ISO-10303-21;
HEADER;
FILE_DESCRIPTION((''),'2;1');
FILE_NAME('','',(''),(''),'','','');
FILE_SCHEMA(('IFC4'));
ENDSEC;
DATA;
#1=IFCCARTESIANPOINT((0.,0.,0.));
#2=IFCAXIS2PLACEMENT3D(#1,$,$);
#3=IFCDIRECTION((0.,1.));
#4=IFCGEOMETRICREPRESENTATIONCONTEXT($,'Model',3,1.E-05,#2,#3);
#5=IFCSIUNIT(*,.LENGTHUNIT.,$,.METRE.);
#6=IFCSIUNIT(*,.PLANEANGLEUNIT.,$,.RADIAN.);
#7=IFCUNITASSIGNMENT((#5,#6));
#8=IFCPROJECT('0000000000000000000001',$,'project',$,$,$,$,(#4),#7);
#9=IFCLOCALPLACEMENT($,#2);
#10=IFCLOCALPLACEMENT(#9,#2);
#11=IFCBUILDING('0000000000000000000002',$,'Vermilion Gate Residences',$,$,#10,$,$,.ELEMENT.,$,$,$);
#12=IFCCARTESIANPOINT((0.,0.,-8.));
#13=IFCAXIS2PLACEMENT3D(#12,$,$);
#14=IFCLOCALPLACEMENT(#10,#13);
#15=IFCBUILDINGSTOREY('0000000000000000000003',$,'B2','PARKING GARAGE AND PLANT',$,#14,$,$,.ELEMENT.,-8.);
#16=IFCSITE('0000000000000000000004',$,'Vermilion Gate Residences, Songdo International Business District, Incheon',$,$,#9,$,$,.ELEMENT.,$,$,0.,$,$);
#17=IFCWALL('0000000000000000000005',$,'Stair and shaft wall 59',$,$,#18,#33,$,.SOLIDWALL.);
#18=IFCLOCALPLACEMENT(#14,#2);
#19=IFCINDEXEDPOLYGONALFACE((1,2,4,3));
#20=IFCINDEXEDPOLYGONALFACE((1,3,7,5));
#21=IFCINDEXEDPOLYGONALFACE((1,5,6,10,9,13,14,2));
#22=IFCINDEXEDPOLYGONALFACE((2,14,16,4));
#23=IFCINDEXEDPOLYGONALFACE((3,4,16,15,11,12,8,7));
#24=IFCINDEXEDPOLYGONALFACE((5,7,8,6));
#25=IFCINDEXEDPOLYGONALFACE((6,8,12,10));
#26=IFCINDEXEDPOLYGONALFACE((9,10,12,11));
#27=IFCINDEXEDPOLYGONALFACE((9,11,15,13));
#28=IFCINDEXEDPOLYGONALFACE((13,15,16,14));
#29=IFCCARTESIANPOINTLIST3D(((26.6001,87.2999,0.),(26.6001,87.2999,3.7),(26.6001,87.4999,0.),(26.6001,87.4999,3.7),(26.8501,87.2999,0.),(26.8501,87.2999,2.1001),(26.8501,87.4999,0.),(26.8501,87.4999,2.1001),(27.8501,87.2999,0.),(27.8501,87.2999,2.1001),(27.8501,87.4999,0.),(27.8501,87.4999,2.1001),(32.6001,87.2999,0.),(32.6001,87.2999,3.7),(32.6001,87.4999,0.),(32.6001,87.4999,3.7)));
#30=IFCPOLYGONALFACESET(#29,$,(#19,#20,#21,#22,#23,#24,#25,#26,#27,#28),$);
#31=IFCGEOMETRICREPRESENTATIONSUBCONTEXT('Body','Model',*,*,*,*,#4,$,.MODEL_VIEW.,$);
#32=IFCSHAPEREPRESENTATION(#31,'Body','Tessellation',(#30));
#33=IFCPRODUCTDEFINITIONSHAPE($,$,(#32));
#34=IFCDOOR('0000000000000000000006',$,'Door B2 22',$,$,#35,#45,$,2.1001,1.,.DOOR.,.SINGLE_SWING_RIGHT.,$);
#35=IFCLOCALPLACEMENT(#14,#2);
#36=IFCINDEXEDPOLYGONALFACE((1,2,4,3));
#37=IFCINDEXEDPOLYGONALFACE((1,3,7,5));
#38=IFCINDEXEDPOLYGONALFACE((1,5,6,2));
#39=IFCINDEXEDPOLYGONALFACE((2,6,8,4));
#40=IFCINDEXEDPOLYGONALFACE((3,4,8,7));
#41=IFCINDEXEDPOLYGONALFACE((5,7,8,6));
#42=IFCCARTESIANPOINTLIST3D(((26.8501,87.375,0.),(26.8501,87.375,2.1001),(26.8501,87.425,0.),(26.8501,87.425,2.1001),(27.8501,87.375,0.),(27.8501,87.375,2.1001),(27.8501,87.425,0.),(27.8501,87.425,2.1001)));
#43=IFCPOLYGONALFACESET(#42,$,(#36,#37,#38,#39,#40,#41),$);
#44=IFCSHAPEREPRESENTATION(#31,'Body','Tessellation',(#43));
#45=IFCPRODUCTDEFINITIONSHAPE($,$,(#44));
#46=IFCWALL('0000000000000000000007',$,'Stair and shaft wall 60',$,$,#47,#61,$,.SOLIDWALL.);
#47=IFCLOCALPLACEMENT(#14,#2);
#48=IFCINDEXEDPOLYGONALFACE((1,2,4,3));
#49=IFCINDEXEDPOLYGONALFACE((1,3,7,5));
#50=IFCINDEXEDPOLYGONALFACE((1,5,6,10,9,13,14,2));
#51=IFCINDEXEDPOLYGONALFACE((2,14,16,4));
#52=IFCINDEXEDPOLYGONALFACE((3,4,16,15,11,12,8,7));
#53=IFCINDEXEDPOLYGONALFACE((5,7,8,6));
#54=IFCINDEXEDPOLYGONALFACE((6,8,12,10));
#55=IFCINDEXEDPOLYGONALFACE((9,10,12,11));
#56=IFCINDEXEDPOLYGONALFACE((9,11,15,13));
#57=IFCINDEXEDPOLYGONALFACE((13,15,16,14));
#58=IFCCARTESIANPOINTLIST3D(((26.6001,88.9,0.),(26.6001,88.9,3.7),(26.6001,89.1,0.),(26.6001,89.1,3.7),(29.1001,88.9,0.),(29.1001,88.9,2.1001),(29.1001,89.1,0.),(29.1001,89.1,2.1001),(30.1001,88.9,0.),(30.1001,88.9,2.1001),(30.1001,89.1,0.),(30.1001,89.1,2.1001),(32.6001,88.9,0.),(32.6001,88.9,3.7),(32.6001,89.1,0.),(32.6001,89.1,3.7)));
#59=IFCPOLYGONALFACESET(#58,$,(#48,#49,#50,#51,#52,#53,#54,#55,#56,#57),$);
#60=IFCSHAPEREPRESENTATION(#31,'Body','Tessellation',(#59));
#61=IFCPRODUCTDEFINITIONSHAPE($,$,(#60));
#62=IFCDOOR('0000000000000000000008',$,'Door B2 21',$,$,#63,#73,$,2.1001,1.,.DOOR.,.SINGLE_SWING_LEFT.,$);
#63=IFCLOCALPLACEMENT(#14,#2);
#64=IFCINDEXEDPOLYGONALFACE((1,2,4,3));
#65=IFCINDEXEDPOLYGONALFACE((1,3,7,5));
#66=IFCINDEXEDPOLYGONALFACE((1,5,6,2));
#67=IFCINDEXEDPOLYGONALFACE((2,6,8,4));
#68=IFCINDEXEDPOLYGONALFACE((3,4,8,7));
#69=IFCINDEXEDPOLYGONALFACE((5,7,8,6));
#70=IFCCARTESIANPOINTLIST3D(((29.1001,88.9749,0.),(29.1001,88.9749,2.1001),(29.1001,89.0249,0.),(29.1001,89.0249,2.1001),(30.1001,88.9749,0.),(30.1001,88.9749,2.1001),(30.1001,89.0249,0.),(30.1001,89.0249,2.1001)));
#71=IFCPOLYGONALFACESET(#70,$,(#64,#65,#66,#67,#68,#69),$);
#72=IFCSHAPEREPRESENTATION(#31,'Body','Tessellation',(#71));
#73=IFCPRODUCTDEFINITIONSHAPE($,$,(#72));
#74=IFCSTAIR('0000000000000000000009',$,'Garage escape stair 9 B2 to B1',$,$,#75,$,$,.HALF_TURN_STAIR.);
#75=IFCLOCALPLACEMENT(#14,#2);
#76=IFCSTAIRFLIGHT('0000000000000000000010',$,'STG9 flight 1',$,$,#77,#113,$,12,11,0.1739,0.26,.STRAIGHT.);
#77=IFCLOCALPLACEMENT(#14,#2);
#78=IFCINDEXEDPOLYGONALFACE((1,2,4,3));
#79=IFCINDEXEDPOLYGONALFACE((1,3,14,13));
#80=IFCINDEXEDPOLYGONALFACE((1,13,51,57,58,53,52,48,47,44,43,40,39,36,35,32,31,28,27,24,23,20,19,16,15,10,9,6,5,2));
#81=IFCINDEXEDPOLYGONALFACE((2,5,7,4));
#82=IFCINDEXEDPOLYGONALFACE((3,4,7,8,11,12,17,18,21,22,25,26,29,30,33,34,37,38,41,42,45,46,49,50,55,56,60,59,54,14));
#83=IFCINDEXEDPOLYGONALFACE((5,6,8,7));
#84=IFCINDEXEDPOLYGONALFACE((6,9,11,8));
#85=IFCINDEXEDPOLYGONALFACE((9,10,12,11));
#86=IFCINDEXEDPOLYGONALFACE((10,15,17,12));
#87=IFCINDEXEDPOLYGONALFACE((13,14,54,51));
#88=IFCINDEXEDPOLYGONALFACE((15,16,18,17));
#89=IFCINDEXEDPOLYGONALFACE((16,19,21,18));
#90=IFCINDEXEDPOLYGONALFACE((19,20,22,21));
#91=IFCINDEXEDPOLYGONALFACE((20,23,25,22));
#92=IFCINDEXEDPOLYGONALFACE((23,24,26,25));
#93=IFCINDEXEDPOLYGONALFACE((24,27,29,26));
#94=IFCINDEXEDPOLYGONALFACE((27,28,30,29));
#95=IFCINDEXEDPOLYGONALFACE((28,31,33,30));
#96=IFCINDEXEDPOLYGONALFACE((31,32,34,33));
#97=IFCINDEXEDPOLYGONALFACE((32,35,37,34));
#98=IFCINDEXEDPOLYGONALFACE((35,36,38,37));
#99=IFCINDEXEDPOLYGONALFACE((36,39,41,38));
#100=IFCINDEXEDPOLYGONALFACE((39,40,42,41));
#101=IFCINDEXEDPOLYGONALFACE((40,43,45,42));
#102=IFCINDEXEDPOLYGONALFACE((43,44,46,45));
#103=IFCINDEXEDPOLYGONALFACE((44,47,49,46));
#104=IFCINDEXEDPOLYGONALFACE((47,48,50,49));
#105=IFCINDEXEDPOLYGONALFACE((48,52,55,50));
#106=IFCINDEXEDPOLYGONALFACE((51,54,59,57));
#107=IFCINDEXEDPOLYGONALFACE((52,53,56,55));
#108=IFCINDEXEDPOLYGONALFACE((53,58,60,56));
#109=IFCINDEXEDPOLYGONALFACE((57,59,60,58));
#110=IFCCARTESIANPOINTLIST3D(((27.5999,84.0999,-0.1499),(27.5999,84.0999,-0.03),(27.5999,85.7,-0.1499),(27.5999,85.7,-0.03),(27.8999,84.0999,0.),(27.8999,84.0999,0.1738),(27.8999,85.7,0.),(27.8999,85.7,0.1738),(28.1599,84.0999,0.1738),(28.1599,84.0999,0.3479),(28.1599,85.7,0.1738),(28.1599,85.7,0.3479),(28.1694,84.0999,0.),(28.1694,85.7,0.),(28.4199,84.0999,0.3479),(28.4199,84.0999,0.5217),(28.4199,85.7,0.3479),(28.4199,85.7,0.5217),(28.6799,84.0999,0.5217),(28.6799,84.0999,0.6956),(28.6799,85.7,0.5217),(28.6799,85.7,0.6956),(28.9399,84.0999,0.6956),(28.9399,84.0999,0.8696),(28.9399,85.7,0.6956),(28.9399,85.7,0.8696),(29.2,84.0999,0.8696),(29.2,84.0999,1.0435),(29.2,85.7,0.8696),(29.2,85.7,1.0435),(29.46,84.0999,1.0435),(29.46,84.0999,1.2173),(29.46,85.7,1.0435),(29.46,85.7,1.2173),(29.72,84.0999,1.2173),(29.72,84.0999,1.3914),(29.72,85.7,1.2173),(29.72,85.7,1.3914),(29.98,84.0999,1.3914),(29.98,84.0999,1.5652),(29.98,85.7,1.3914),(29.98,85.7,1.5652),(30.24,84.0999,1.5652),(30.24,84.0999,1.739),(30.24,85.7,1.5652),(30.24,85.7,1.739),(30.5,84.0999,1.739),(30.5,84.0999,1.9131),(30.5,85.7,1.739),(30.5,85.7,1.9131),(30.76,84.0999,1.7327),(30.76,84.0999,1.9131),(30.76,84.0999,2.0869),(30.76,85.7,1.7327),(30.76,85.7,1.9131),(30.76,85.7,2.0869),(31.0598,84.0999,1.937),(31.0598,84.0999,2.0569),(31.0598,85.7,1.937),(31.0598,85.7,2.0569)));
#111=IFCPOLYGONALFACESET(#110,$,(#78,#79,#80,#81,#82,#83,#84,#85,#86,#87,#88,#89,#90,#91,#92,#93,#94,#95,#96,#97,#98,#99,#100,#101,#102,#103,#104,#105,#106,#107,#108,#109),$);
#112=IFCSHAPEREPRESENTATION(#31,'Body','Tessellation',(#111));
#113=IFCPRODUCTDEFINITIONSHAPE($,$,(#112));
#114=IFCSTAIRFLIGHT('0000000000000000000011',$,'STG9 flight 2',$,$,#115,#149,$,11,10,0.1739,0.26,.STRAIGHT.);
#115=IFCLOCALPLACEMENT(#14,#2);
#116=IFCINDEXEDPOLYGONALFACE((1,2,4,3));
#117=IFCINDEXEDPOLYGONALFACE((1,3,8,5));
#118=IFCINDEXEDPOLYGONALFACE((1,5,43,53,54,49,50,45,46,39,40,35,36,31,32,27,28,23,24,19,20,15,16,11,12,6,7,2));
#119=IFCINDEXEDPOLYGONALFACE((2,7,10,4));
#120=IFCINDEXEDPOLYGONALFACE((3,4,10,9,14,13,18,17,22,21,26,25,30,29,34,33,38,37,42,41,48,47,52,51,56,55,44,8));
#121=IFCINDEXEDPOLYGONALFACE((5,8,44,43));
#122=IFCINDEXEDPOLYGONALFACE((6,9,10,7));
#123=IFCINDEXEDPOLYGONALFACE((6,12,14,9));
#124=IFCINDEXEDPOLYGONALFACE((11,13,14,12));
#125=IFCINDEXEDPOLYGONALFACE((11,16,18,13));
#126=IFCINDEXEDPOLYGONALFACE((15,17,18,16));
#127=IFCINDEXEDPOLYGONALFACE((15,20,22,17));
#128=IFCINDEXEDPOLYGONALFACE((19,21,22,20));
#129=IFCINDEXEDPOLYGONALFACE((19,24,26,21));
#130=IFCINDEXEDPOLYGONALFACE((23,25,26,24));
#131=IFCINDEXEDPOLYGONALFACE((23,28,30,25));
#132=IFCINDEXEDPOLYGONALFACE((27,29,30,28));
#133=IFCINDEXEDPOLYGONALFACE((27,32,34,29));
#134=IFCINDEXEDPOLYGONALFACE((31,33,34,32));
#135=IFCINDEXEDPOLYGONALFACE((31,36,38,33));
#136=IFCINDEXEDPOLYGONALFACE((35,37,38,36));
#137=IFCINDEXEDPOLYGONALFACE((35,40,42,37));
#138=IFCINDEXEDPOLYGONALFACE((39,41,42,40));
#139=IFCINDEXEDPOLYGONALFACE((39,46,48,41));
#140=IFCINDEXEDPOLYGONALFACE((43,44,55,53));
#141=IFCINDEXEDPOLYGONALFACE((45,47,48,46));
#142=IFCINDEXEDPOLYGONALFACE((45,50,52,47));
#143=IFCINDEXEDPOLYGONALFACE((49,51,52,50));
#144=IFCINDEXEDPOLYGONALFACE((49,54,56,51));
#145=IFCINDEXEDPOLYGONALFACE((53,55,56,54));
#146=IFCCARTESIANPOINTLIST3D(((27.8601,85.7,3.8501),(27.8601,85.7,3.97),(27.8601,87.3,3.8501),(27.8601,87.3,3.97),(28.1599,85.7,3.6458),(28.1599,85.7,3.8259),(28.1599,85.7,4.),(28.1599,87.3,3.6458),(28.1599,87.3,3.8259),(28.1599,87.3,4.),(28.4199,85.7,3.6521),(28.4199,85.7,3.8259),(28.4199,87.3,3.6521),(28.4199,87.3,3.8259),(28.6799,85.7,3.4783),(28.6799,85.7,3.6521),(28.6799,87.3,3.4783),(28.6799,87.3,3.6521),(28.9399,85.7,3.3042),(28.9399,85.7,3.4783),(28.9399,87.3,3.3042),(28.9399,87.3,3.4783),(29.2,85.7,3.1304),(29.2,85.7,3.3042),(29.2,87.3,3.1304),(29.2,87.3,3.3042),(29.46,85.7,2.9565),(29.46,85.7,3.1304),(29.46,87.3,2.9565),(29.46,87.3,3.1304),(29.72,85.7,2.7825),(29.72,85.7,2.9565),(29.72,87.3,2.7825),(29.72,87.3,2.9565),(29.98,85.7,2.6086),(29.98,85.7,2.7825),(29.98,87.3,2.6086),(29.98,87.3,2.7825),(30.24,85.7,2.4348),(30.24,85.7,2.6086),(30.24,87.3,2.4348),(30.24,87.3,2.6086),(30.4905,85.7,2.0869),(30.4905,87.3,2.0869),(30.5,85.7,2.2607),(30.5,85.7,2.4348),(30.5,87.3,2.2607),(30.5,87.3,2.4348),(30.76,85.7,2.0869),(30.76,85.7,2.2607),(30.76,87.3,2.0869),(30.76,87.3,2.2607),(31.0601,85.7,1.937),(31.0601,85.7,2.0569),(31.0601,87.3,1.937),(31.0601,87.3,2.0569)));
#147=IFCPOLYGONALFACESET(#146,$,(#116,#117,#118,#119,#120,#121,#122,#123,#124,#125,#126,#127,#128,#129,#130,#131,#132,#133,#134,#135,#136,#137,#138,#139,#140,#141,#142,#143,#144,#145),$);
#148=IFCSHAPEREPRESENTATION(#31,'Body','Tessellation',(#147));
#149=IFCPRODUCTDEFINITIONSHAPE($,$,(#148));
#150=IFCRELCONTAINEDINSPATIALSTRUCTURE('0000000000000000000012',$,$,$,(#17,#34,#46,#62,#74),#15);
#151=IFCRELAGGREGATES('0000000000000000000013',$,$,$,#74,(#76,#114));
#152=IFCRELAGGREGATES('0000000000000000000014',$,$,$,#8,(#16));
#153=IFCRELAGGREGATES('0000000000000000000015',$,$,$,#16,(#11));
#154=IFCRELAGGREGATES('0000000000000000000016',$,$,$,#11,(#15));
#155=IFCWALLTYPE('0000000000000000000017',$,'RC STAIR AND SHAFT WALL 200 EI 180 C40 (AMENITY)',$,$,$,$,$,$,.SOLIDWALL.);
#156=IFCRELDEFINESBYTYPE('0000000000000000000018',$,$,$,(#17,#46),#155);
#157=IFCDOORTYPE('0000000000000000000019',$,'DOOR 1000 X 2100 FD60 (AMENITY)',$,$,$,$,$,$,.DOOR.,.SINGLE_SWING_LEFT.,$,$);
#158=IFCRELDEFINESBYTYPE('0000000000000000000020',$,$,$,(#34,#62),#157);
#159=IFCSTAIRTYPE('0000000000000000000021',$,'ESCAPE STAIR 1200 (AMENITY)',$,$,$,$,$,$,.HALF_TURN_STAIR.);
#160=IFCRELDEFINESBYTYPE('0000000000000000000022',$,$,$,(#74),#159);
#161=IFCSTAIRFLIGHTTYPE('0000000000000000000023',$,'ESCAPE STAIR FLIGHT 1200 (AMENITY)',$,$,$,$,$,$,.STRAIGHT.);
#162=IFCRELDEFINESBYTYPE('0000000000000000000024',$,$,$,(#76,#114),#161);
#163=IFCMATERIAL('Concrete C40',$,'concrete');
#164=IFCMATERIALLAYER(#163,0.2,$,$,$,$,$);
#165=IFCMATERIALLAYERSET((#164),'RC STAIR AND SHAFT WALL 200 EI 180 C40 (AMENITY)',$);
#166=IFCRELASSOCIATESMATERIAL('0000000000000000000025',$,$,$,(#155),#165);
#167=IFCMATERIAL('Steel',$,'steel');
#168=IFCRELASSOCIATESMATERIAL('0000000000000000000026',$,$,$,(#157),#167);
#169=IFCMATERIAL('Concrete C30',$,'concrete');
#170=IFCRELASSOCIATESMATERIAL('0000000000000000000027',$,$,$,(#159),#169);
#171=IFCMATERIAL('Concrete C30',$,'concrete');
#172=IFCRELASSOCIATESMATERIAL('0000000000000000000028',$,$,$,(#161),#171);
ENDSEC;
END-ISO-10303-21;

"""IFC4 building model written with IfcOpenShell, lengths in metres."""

from ifc_helpers import new_model, si_unit, direction, frame, frame_2d, origin, place, context, subcontext, project, spatial, polyline, rectangle, outline, extrude, material, layer, layer_set, type_object, element, fill, aggregate, save


model = new_model("IFC4")

# Units and contexts
model_context = context("Model", 3, precision=1e-05, world=origin(), true_north=direction((0.0, 1.0)))
body_context = subcontext(model_context, "Body", "Model", "MODEL_VIEW")
ifc_project = project(units=[si_unit("LENGTHUNIT", "METRE"), si_unit("PLANEANGLEUNIT", "RADIAN")], contexts=[model_context])

# Site, building, storey
site_placement = place(None, origin())
site = spatial("IfcSite", under=ifc_project, at=site_placement, Name="Vermilion Gate Residences, Songdo International Business District, Incheon", CompositionType="ELEMENT", RefElevation=0.0)
building_placement = place(site_placement, origin())
building = spatial("IfcBuilding", under=site, at=building_placement, Name="Vermilion Gate Residences", CompositionType="ELEMENT")
storey_placement = place(building_placement, frame((0.0, 0.0, -8.0)))
storey = spatial("IfcBuildingStorey", under=building, at=storey_placement, Name="B2", Description="PARKING GARAGE AND PLANT", CompositionType="ELEMENT", Elevation=-8.0)

# Shared definitions
ifc_material_1 = material(Name="Concrete C40", Category="concrete")
ifc_layer_1 = layer(ifc_material_1, 0.2)
ifc_layer_set_1 = layer_set([ifc_layer_1], Name="RC STAIR AND SHAFT WALL 200 EI 180 C40 (AMENITY)")
wall_type_1 = type_object("IfcWallType", Name="RC STAIR AND SHAFT WALL 200 EI 180 C40 (AMENITY)", PredefinedType="SOLIDWALL", material=ifc_layer_set_1)

# Walls, openings, doors
wall_1_placement = place(storey_placement, frame((26.6001, 87.3999, 0.0), z_axis=(0.0, 0.0, 1.0), x_axis=(1.0, 0.0, 0.0)))
wall_1 = element("IfcWall", 1, at=wall_1_placement, inside=storey, type_object=wall_type_1, Name="Stair and shaft wall 59", PredefinedType="SOLIDWALL", context=body_context, shape_type="SweptSolid", body=[
    extrude(rectangle(XDim=6.0, YDim=0.2, at=frame_2d((3.0, 0.0))), origin(), (0.0, 0.0, 1.0), 3.7),
])
opening_1_placement = place(wall_1_placement, frame((0.25, 0.0, 0.0)))
opening_1 = element("IfcOpeningElement", 2, at=opening_1_placement, cuts=wall_1, PredefinedType="OPENING", context=body_context, shape_type="SweptSolid", body=[
    extrude(rectangle(XDim=1.0, YDim=2.1001, at=frame_2d((0.5, 1.05))), frame((0.0, 0.1099, 0.0), z_axis=(0.0, -1.0, 0.0), x_axis=(1.0, 0.0, 0.0)), (0.0, 0.0, 1.0), 0.22),
])
ifc_material_2 = material(Name="Steel", Category="steel")
door_type_1 = type_object("IfcDoorType", Name="DOOR 1000 X 2100 FD60 (AMENITY)", OperationType="SINGLE_SWING_LEFT", PredefinedType="DOOR", material=ifc_material_2)
door_1_placement = place(opening_1_placement, frame((1.0, 0.0, 0.0), z_axis=(0.0, 0.0, 1.0), x_axis=(-1.0, 0.0, 0.0)))
door_1 = element("IfcDoor", 3, at=door_1_placement, inside=storey, type_object=door_type_1, Name="Door B2 22", OperationType="SINGLE_SWING_RIGHT", OverallHeight=2.1001, OverallWidth=1.0, PredefinedType="DOOR", context=body_context, shape_type="SweptSolid", body=[
    extrude(rectangle(XDim=1.0, YDim=2.1001, at=frame_2d((0.5, 1.05))), frame((0.0, 0.0249, 0.0), z_axis=(0.0, -1.0, 0.0), x_axis=(1.0, 0.0, 0.0)), (0.0, 0.0, 1.0), 0.05),
])
fill(opening_1, door_1)
wall_2_placement = place(storey_placement, frame((26.6001, 89.0, 0.0), z_axis=(0.0, 0.0, 1.0), x_axis=(1.0, 0.0, 0.0)))
wall_2 = element("IfcWall", 4, at=wall_2_placement, inside=storey, type_object=wall_type_1, Name="Stair and shaft wall 60", PredefinedType="SOLIDWALL", context=body_context, shape_type="SweptSolid", body=[
    extrude(rectangle(XDim=6.0, YDim=0.2, at=frame_2d((3.0, 0.0))), origin(), (0.0, 0.0, 1.0), 3.7),
])
opening_2_placement = place(wall_2_placement, frame((2.5, 0.0, 0.0)))
opening_2 = element("IfcOpeningElement", 5, at=opening_2_placement, cuts=wall_2, PredefinedType="OPENING", context=body_context, shape_type="SweptSolid", body=[
    extrude(rectangle(XDim=1.0, YDim=2.1001, at=frame_2d((0.5, 1.05))), frame((0.0, 0.1099, 0.0), z_axis=(0.0, -1.0, 0.0), x_axis=(1.0, 0.0, 0.0)), (0.0, 0.0, 1.0), 0.22),
])
door_2_placement = place(opening_2_placement, origin())
door_2 = element("IfcDoor", 6, at=door_2_placement, inside=storey, type_object=door_type_1, Name="Door B2 21", OperationType="SINGLE_SWING_LEFT", OverallHeight=2.1001, OverallWidth=1.0, PredefinedType="DOOR", context=body_context, shape_type="SweptSolid", body=[
    extrude(rectangle(XDim=1.0, YDim=2.1001, at=frame_2d((0.5, 1.05))), frame((0.0, 0.0249, 0.0), z_axis=(0.0, -1.0, 0.0), x_axis=(1.0, 0.0, 0.0)), (0.0, 0.0, 1.0), 0.05),
])
fill(opening_2, door_2)

# Stair, stair flights
ifc_material_3 = material(Name="Concrete C30", Category="concrete")
stair_type = type_object("IfcStairType", Name="ESCAPE STAIR 1200 (AMENITY)", PredefinedType="HALF_TURN_STAIR", material=ifc_material_3)
stair_1_placement = place(storey_placement, origin())
stair_1 = element("IfcStair", 7, at=stair_1_placement, inside=storey, type_object=stair_type, Name="Garage escape stair 9 B2 to B1", PredefinedType="HALF_TURN_STAIR")
ifc_material_4 = material(Name="Concrete C30", Category="concrete")
stair_flight_type = type_object("IfcStairFlightType", Name="ESCAPE STAIR FLIGHT 1200 (AMENITY)", PredefinedType="STRAIGHT", material=ifc_material_4)
stair_flight_1_placement = place(storey_placement, frame((27.8999, 84.8999, 0.0), z_axis=(0.0, 0.0, 1.0), x_axis=(1.0, 0.0, 0.0)))
stair_flight_1 = element("IfcStairFlight", 8, at=stair_flight_1_placement, type_object=stair_flight_type, Name="STG9 flight 1", NumberOfRisers=12, NumberOfTreads=11, PredefinedType="STRAIGHT", RiserHeight=0.1739, TreadLength=0.26, context=body_context, shape_type="SweptSolid", body=[
    extrude(outline(polyline([(-0.3, -0.1499), (-0.3, -0.03), (0.0, 0.0), (0.0, 0.1738), (0.26, 0.1738), (0.26, 0.3479), (0.52, 0.3479), (0.52, 0.5217), (0.78, 0.5217), (0.78, 0.6956), (1.04, 0.6956), (1.04, 0.8696), (1.3, 0.8696), (1.3, 1.0435), (1.5601, 1.0435), (1.5601, 1.2173), (1.8201, 1.2173), (1.8201, 1.3914), (2.0801, 1.3914), (2.0801, 1.5652), (2.3401, 1.5652), (2.3401, 1.739), (2.6001, 1.739), (2.6001, 1.9131), (2.8601, 1.9131), (2.8601, 2.0869), (3.1599, 2.0569), (3.1599, 1.937), (2.8601, 1.7327), (0.2695, 0.0), (-0.3, -0.1499)])), frame((0.0, 0.8, 0.0), z_axis=(0.0, -1.0, 0.0), x_axis=(1.0, 0.0, 0.0)), (0.0, 0.0, 1.0), 1.6001),
])
stair_flight_2_placement = place(storey_placement, frame((30.76, 86.5, 2.0869), z_axis=(0.0, 0.0, 1.0), x_axis=(-1.0, 0.0, 0.0)))
stair_flight_2 = element("IfcStairFlight", 9, at=stair_flight_2_placement, type_object=stair_flight_type, Name="STG9 flight 2", NumberOfRisers=11, NumberOfTreads=10, PredefinedType="STRAIGHT", RiserHeight=0.1739, TreadLength=0.26, context=body_context, shape_type="SweptSolid", body=[
    extrude(outline(polyline([(-0.3, -0.1499), (-0.3, -0.03), (0.0, 0.0), (0.0, 0.1738), (0.26, 0.1738), (0.26, 0.3479), (0.52, 0.3479), (0.52, 0.5217), (0.78, 0.5217), (0.78, 0.6956), (1.04, 0.6956), (1.04, 0.8696), (1.3, 0.8696), (1.3, 1.0435), (1.5601, 1.0435), (1.5601, 1.2173), (1.8201, 1.2173), (1.8201, 1.3914), (2.0801, 1.3914), (2.0801, 1.5652), (2.3401, 1.5652), (2.3401, 1.739), (2.6001, 1.739), (2.6001, 1.9131), (2.8999, 1.8831), (2.8999, 1.7632), (2.6001, 1.5588), (0.2695, 0.0), (-0.3, -0.1499)])), frame((0.0, 0.8, 0.0), z_axis=(0.0, -1.0, 0.0), x_axis=(1.0, 0.0, 0.0)), (0.0, 0.0, 1.0), 1.6001),
])
aggregate(stair_1, [stair_flight_1, stair_flight_2])

save(model, "model.ifc")
